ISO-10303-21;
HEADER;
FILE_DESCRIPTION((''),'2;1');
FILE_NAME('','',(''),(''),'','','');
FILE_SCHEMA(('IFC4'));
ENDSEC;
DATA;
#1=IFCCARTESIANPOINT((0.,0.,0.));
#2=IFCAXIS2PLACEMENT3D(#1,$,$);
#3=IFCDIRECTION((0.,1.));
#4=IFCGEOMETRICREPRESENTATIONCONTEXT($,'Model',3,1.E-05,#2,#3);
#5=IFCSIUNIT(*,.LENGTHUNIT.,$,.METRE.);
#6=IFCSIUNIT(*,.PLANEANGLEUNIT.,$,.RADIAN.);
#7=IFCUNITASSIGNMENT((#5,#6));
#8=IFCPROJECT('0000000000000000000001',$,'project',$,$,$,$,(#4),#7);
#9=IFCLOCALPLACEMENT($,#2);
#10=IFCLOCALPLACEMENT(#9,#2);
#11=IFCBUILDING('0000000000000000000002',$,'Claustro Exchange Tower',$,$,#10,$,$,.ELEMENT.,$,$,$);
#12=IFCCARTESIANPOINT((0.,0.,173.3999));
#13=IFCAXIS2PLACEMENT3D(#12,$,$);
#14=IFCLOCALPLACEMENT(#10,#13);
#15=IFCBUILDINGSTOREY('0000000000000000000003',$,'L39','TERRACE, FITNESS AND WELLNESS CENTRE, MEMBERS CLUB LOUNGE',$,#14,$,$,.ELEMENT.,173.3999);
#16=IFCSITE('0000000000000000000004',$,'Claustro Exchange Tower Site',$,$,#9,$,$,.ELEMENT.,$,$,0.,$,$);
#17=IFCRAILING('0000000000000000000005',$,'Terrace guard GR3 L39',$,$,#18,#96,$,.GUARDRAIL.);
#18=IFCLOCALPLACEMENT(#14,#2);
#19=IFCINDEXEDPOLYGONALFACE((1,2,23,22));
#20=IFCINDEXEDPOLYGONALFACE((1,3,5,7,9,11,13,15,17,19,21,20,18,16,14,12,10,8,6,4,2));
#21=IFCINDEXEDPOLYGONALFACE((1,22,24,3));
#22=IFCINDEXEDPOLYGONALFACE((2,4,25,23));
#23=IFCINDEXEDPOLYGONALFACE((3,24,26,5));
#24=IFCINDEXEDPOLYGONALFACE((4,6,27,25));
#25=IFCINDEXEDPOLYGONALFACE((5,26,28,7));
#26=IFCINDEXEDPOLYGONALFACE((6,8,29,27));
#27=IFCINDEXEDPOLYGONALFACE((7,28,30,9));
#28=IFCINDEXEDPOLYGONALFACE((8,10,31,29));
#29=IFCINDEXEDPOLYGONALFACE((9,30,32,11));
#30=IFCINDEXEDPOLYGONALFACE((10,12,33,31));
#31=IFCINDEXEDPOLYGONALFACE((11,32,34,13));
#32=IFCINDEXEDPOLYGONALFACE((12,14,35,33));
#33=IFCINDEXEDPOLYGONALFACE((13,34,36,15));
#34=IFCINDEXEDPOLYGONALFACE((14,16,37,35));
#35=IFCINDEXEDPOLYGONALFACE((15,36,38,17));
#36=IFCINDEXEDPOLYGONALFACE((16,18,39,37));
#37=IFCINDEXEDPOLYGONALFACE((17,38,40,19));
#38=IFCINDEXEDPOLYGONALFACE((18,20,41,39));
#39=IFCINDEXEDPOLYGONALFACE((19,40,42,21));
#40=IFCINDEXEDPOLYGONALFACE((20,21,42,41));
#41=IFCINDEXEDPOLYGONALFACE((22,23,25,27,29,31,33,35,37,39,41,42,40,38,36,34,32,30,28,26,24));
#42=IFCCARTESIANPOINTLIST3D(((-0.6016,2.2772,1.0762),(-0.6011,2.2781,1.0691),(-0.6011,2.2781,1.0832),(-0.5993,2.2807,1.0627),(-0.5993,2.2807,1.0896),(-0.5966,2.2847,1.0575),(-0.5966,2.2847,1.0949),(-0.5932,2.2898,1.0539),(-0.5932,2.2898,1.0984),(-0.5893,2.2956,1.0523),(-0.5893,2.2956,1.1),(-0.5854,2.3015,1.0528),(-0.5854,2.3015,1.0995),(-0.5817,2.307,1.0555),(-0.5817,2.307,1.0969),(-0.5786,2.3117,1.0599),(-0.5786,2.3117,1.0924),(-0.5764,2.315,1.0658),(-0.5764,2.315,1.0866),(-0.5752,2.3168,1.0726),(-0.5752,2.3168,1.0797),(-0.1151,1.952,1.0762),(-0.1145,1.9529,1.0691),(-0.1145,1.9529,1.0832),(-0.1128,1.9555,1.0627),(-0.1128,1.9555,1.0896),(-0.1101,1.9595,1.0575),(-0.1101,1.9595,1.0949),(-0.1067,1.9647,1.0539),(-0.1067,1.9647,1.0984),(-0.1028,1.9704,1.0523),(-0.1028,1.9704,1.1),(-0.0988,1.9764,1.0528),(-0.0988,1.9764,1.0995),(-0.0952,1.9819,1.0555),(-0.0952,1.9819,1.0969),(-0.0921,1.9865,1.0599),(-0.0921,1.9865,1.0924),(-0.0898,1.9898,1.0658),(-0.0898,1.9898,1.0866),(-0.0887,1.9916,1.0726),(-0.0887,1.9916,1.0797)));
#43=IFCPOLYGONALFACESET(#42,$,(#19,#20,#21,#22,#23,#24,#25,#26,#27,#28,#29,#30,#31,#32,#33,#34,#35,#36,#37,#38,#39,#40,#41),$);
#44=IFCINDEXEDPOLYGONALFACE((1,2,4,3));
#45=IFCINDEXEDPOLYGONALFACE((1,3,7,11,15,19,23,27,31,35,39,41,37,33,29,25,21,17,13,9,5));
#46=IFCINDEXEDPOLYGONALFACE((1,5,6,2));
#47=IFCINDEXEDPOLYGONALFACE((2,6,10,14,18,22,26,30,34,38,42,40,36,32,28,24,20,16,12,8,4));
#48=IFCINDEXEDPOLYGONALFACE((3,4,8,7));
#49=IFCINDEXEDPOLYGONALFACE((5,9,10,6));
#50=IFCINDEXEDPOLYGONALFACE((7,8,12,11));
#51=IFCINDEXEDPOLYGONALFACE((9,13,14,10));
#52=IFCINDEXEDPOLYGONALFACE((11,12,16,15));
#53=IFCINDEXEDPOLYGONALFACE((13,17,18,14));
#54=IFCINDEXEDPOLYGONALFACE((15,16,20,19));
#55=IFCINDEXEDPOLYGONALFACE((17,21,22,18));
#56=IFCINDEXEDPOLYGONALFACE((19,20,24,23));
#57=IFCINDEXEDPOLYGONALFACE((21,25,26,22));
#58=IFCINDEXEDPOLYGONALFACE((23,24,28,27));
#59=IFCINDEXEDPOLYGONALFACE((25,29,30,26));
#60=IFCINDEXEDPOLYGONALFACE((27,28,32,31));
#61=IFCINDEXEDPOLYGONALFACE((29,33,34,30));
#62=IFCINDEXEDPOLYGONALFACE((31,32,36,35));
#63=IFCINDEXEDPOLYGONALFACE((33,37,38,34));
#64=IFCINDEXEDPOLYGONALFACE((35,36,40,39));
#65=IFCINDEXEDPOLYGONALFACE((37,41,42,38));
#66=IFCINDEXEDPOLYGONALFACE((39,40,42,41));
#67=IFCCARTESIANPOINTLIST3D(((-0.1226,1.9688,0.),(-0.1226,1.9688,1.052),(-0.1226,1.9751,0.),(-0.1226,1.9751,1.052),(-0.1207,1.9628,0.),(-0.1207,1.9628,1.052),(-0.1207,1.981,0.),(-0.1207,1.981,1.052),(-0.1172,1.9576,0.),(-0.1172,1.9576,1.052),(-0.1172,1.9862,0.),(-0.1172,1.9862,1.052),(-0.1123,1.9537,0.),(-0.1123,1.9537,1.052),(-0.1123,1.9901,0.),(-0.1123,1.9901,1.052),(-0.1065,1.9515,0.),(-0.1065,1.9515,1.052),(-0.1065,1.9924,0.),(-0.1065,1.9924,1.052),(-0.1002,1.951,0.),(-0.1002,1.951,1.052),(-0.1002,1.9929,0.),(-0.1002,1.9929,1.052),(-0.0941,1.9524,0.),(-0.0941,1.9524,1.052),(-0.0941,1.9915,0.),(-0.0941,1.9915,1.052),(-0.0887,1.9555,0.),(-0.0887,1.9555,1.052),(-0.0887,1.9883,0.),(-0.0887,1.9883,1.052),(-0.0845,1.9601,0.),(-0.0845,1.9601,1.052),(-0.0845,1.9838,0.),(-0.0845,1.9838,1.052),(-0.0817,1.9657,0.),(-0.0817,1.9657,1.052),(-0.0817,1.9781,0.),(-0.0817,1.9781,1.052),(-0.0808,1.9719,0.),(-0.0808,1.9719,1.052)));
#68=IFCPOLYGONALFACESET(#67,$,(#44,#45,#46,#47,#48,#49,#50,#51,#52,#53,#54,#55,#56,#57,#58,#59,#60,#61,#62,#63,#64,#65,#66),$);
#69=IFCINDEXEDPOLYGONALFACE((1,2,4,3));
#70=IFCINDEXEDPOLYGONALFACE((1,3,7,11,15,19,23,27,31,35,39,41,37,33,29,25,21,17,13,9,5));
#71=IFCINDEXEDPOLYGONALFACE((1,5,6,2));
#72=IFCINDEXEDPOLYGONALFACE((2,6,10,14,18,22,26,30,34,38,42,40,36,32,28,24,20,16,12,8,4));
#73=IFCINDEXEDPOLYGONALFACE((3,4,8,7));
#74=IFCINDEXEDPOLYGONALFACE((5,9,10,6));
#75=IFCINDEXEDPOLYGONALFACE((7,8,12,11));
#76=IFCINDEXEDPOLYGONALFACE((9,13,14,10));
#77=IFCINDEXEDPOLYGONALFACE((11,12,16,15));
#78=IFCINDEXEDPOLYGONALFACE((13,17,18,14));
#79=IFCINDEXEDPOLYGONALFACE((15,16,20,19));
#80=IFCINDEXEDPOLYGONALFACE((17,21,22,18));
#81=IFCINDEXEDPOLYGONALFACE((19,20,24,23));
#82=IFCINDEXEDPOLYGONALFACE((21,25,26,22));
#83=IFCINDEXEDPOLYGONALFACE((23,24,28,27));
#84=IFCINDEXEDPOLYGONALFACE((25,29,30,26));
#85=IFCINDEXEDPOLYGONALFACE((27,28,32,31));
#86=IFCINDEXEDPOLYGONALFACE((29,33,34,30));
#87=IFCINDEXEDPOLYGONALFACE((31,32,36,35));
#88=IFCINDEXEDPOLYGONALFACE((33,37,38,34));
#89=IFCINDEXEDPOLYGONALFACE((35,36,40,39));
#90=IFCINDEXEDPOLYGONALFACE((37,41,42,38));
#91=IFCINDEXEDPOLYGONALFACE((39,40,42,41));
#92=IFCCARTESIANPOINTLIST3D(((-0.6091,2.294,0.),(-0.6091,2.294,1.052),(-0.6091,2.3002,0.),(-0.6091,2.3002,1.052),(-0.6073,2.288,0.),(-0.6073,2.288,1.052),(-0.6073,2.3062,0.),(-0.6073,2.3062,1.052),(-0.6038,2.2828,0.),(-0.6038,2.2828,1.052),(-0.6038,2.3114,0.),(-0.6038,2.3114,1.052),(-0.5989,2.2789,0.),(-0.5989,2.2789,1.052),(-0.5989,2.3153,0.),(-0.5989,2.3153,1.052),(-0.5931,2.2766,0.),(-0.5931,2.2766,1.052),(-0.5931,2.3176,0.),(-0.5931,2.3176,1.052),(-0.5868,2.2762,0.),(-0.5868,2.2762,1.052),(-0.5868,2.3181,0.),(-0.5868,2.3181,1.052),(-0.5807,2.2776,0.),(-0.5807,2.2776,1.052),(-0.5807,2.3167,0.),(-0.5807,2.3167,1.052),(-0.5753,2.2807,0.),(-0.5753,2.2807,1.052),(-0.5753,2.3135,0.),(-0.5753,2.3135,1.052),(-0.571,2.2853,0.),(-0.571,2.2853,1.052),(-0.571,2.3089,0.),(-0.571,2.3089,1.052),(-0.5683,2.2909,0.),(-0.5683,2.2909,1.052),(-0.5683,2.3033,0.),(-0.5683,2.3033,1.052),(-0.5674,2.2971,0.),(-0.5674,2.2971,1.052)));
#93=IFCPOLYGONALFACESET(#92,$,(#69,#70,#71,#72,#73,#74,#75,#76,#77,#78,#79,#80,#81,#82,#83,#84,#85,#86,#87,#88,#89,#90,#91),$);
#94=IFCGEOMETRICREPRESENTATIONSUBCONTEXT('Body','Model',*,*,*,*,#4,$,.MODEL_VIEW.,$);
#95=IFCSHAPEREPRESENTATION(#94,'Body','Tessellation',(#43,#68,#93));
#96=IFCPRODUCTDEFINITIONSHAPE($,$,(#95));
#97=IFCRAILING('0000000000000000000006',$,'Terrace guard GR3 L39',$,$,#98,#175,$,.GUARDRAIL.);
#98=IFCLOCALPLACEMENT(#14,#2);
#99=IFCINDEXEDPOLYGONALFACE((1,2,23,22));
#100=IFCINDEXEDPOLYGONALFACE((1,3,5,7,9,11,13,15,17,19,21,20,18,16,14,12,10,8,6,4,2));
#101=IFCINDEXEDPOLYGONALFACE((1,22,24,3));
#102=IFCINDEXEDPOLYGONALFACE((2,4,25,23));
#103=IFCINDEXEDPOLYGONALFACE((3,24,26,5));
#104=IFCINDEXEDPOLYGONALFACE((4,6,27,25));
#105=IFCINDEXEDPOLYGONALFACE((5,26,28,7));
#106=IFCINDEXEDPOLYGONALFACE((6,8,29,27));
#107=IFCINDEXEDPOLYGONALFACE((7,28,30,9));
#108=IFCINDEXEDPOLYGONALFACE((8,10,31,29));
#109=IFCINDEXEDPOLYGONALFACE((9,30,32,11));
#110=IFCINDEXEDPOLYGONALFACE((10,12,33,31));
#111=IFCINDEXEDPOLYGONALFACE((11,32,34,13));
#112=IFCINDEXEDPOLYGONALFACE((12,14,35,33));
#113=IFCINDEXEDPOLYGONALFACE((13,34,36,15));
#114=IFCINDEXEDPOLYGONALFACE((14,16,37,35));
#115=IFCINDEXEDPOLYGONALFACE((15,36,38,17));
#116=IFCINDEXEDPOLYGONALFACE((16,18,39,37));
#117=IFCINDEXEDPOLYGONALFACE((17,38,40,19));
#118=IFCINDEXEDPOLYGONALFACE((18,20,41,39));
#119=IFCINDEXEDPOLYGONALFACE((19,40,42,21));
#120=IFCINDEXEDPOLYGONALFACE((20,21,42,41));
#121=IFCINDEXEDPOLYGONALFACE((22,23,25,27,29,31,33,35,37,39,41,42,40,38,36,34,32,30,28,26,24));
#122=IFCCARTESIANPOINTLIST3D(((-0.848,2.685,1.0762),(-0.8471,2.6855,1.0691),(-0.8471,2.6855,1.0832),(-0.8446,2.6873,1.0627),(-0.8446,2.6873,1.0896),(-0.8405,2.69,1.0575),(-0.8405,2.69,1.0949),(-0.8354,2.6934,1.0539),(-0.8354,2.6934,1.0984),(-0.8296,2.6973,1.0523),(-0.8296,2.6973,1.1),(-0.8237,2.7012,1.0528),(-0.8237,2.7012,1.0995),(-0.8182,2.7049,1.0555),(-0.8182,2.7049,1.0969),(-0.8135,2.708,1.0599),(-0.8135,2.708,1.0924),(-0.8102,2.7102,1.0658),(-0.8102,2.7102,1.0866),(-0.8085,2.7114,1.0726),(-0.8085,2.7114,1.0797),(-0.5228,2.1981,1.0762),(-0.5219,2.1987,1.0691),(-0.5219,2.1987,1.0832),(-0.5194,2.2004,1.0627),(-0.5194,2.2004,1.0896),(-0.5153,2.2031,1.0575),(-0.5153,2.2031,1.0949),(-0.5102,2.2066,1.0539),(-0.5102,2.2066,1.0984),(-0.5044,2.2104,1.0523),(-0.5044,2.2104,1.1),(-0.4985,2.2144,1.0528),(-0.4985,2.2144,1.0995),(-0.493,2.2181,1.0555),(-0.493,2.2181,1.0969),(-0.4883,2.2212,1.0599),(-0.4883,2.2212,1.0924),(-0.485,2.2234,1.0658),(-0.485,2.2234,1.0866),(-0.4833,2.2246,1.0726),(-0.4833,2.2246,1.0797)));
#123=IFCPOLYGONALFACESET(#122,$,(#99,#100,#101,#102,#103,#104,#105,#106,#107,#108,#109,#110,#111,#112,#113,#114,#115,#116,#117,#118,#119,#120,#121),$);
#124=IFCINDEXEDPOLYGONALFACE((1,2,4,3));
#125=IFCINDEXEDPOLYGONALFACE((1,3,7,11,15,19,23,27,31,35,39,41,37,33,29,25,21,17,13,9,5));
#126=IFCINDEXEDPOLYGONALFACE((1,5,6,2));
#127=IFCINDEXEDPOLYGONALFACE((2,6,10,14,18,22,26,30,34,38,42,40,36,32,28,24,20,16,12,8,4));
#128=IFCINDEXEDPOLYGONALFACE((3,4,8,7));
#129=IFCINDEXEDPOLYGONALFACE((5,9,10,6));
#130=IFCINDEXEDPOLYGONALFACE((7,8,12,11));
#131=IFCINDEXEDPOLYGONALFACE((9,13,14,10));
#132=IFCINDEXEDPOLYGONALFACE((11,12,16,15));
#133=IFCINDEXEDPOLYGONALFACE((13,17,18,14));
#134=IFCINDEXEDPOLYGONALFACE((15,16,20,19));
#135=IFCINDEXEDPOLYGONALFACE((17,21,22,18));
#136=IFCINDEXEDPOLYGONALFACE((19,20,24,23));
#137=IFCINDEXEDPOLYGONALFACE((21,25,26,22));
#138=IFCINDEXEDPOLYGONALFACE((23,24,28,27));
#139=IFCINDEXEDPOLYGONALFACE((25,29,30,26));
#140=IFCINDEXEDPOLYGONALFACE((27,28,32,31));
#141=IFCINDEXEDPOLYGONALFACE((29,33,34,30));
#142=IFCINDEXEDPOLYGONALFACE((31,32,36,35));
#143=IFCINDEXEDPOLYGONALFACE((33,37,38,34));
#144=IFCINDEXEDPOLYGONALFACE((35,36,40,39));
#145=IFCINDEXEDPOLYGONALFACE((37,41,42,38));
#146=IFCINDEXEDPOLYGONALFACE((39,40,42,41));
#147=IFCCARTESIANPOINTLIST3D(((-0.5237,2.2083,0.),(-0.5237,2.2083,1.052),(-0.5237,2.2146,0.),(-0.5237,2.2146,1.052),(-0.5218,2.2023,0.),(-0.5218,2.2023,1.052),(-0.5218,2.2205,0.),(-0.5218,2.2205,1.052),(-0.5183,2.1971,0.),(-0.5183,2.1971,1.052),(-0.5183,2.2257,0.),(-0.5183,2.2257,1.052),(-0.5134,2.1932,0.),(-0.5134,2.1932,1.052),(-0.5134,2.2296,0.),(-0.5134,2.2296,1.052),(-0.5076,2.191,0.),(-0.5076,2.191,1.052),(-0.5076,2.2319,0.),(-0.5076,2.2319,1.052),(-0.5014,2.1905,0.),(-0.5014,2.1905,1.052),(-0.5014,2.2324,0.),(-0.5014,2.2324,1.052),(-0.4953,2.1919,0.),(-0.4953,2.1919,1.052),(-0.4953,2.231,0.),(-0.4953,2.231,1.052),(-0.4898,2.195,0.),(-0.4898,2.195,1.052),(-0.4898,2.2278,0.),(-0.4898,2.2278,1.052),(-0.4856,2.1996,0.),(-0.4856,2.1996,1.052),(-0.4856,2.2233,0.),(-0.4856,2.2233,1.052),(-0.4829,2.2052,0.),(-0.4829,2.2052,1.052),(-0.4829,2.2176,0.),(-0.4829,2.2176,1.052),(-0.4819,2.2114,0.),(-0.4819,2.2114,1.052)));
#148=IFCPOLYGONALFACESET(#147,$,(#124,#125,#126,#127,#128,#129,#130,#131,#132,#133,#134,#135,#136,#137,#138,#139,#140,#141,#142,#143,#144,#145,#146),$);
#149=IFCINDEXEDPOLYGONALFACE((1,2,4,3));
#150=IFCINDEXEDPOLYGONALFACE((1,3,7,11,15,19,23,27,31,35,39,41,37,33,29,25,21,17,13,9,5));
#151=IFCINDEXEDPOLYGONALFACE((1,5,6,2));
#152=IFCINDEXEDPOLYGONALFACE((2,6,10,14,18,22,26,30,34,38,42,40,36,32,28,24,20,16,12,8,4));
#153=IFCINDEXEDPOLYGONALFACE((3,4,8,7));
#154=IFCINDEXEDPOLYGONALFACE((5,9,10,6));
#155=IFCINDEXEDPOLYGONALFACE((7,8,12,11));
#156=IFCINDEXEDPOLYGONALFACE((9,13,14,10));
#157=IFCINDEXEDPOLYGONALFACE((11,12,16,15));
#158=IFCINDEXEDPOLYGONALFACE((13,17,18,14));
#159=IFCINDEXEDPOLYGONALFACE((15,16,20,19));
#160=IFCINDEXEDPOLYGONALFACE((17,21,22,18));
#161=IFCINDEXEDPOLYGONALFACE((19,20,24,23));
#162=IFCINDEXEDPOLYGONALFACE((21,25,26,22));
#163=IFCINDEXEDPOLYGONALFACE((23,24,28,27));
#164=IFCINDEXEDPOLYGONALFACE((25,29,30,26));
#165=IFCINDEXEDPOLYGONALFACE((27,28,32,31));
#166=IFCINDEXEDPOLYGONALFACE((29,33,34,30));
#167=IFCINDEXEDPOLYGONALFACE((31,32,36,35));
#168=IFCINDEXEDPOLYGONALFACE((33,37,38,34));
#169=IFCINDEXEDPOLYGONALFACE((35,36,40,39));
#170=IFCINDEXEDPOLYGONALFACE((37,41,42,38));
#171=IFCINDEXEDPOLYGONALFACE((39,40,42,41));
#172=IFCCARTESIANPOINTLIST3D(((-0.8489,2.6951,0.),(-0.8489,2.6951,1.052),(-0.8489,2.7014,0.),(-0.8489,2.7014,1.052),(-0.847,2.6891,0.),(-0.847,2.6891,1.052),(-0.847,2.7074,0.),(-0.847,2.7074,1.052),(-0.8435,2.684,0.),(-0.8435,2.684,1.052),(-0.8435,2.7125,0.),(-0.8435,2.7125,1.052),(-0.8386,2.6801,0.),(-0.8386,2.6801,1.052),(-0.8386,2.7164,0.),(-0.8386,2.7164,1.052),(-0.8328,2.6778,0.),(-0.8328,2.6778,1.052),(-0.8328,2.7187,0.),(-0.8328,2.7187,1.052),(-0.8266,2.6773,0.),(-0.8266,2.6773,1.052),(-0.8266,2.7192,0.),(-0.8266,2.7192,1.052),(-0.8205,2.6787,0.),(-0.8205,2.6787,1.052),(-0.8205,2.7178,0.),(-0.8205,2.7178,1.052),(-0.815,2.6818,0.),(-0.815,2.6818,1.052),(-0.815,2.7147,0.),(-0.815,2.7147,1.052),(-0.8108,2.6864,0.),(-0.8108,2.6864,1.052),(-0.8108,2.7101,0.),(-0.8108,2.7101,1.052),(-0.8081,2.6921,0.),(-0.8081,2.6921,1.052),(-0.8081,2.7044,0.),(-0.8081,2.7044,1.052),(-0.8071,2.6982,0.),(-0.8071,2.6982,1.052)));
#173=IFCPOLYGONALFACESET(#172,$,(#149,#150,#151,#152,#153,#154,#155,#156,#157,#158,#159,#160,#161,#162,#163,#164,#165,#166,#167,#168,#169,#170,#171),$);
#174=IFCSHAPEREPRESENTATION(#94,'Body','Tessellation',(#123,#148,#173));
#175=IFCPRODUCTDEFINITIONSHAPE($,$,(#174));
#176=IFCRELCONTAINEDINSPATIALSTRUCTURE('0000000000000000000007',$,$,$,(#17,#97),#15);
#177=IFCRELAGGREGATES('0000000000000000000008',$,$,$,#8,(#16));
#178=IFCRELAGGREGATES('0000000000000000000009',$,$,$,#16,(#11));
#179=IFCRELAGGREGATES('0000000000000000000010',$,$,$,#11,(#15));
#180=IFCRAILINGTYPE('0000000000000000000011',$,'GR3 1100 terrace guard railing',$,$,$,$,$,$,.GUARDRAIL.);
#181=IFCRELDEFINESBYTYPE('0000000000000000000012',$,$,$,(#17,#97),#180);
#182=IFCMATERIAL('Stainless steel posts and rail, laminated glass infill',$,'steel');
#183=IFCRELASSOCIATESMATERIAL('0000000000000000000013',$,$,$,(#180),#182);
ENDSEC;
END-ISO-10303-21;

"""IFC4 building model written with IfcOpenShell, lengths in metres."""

from ifc_helpers import new_model, si_unit, direction, frame, origin, origin_2d, place, context, subcontext, project, spatial, circle, extrude, material, type_object, element, save


model = new_model("IFC4")

# Units and contexts
model_context = context("Model", 3, precision=1e-05, world=origin(), true_north=direction((0.0, 1.0)))
body_context = subcontext(model_context, "Body", "Model", "MODEL_VIEW")
ifc_project = project(units=[si_unit("LENGTHUNIT", "METRE"), si_unit("PLANEANGLEUNIT", "RADIAN")], contexts=[model_context])

# Site, building, storey
site_placement = place(None, origin())
site = spatial("IfcSite", under=ifc_project, at=site_placement, Name="Claustro Exchange Tower Site", CompositionType="ELEMENT", RefElevation=0.0)
building_placement = place(site_placement, origin())
building = spatial("IfcBuilding", under=site, at=building_placement, Name="Claustro Exchange Tower", CompositionType="ELEMENT")
storey_placement = place(building_placement, frame((0.0, 0.0, 173.3999)))
storey = spatial("IfcBuildingStorey", under=building, at=storey_placement, Name="L39", Description="TERRACE, FITNESS AND WELLNESS CENTRE, MEMBERS CLUB LOUNGE", CompositionType="ELEMENT", Elevation=173.3999)

# Railings
ifc_material_1 = material(Name="Stainless steel posts and rail, laminated glass infill", Category="steel")
railing_type_1 = type_object("IfcRailingType", Name="GR3 1100 terrace guard railing", PredefinedType="GUARDRAIL", material=ifc_material_1)
railing_1_placement = place(storey_placement, frame((-0.1018, 1.9719, 0.0)))
element("IfcRailing", 1, at=railing_1_placement, inside=storey, type_object=railing_type_1, Name="Terrace guard GR3 L39", PredefinedType="GUARDRAIL", context=body_context, shape_type="SweptSolid", body=[
    extrude(circle(Radius=0.0239, at=origin_2d()), frame((0.0, 0.0, 1.0762), z_axis=(-0.831408, 0.555663, 0.0), x_axis=(-0.555663, -0.831408, 0.0)), (0.0, 0.0, 1.0), 0.5852),
    extrude(circle(Radius=0.021, at=origin_2d()), origin(), (0.0, 0.0, 1.0), 1.052),
    extrude(circle(Radius=0.021, at=origin_2d()), frame((-0.4866, 0.3252, 0.0)), (0.0, 0.0, 1.0), 1.052),
])
railing_2_placement = place(storey_placement, frame((-0.5029, 2.2114, 0.0)))
element("IfcRailing", 2, at=railing_2_placement, inside=storey, type_object=railing_type_1, Name="Terrace guard GR3 L39", PredefinedType="GUARDRAIL", context=body_context, shape_type="SweptSolid", body=[
    extrude(circle(Radius=0.0239, at=origin_2d()), frame((0.0, 0.0, 1.0762), z_axis=(-0.55547, 0.831537, 0.0), x_axis=(-0.831537, -0.55547, 0.0)), (0.0, 0.0, 1.0), 0.5854),
    extrude(circle(Radius=0.021, at=origin_2d()), origin(), (0.0, 0.0, 1.0), 1.052),
    extrude(circle(Radius=0.021, at=origin_2d()), frame((-0.3252, 0.4868, 0.0)), (0.0, 0.0, 1.0), 1.052),
])

save(model, "model.ifc")
